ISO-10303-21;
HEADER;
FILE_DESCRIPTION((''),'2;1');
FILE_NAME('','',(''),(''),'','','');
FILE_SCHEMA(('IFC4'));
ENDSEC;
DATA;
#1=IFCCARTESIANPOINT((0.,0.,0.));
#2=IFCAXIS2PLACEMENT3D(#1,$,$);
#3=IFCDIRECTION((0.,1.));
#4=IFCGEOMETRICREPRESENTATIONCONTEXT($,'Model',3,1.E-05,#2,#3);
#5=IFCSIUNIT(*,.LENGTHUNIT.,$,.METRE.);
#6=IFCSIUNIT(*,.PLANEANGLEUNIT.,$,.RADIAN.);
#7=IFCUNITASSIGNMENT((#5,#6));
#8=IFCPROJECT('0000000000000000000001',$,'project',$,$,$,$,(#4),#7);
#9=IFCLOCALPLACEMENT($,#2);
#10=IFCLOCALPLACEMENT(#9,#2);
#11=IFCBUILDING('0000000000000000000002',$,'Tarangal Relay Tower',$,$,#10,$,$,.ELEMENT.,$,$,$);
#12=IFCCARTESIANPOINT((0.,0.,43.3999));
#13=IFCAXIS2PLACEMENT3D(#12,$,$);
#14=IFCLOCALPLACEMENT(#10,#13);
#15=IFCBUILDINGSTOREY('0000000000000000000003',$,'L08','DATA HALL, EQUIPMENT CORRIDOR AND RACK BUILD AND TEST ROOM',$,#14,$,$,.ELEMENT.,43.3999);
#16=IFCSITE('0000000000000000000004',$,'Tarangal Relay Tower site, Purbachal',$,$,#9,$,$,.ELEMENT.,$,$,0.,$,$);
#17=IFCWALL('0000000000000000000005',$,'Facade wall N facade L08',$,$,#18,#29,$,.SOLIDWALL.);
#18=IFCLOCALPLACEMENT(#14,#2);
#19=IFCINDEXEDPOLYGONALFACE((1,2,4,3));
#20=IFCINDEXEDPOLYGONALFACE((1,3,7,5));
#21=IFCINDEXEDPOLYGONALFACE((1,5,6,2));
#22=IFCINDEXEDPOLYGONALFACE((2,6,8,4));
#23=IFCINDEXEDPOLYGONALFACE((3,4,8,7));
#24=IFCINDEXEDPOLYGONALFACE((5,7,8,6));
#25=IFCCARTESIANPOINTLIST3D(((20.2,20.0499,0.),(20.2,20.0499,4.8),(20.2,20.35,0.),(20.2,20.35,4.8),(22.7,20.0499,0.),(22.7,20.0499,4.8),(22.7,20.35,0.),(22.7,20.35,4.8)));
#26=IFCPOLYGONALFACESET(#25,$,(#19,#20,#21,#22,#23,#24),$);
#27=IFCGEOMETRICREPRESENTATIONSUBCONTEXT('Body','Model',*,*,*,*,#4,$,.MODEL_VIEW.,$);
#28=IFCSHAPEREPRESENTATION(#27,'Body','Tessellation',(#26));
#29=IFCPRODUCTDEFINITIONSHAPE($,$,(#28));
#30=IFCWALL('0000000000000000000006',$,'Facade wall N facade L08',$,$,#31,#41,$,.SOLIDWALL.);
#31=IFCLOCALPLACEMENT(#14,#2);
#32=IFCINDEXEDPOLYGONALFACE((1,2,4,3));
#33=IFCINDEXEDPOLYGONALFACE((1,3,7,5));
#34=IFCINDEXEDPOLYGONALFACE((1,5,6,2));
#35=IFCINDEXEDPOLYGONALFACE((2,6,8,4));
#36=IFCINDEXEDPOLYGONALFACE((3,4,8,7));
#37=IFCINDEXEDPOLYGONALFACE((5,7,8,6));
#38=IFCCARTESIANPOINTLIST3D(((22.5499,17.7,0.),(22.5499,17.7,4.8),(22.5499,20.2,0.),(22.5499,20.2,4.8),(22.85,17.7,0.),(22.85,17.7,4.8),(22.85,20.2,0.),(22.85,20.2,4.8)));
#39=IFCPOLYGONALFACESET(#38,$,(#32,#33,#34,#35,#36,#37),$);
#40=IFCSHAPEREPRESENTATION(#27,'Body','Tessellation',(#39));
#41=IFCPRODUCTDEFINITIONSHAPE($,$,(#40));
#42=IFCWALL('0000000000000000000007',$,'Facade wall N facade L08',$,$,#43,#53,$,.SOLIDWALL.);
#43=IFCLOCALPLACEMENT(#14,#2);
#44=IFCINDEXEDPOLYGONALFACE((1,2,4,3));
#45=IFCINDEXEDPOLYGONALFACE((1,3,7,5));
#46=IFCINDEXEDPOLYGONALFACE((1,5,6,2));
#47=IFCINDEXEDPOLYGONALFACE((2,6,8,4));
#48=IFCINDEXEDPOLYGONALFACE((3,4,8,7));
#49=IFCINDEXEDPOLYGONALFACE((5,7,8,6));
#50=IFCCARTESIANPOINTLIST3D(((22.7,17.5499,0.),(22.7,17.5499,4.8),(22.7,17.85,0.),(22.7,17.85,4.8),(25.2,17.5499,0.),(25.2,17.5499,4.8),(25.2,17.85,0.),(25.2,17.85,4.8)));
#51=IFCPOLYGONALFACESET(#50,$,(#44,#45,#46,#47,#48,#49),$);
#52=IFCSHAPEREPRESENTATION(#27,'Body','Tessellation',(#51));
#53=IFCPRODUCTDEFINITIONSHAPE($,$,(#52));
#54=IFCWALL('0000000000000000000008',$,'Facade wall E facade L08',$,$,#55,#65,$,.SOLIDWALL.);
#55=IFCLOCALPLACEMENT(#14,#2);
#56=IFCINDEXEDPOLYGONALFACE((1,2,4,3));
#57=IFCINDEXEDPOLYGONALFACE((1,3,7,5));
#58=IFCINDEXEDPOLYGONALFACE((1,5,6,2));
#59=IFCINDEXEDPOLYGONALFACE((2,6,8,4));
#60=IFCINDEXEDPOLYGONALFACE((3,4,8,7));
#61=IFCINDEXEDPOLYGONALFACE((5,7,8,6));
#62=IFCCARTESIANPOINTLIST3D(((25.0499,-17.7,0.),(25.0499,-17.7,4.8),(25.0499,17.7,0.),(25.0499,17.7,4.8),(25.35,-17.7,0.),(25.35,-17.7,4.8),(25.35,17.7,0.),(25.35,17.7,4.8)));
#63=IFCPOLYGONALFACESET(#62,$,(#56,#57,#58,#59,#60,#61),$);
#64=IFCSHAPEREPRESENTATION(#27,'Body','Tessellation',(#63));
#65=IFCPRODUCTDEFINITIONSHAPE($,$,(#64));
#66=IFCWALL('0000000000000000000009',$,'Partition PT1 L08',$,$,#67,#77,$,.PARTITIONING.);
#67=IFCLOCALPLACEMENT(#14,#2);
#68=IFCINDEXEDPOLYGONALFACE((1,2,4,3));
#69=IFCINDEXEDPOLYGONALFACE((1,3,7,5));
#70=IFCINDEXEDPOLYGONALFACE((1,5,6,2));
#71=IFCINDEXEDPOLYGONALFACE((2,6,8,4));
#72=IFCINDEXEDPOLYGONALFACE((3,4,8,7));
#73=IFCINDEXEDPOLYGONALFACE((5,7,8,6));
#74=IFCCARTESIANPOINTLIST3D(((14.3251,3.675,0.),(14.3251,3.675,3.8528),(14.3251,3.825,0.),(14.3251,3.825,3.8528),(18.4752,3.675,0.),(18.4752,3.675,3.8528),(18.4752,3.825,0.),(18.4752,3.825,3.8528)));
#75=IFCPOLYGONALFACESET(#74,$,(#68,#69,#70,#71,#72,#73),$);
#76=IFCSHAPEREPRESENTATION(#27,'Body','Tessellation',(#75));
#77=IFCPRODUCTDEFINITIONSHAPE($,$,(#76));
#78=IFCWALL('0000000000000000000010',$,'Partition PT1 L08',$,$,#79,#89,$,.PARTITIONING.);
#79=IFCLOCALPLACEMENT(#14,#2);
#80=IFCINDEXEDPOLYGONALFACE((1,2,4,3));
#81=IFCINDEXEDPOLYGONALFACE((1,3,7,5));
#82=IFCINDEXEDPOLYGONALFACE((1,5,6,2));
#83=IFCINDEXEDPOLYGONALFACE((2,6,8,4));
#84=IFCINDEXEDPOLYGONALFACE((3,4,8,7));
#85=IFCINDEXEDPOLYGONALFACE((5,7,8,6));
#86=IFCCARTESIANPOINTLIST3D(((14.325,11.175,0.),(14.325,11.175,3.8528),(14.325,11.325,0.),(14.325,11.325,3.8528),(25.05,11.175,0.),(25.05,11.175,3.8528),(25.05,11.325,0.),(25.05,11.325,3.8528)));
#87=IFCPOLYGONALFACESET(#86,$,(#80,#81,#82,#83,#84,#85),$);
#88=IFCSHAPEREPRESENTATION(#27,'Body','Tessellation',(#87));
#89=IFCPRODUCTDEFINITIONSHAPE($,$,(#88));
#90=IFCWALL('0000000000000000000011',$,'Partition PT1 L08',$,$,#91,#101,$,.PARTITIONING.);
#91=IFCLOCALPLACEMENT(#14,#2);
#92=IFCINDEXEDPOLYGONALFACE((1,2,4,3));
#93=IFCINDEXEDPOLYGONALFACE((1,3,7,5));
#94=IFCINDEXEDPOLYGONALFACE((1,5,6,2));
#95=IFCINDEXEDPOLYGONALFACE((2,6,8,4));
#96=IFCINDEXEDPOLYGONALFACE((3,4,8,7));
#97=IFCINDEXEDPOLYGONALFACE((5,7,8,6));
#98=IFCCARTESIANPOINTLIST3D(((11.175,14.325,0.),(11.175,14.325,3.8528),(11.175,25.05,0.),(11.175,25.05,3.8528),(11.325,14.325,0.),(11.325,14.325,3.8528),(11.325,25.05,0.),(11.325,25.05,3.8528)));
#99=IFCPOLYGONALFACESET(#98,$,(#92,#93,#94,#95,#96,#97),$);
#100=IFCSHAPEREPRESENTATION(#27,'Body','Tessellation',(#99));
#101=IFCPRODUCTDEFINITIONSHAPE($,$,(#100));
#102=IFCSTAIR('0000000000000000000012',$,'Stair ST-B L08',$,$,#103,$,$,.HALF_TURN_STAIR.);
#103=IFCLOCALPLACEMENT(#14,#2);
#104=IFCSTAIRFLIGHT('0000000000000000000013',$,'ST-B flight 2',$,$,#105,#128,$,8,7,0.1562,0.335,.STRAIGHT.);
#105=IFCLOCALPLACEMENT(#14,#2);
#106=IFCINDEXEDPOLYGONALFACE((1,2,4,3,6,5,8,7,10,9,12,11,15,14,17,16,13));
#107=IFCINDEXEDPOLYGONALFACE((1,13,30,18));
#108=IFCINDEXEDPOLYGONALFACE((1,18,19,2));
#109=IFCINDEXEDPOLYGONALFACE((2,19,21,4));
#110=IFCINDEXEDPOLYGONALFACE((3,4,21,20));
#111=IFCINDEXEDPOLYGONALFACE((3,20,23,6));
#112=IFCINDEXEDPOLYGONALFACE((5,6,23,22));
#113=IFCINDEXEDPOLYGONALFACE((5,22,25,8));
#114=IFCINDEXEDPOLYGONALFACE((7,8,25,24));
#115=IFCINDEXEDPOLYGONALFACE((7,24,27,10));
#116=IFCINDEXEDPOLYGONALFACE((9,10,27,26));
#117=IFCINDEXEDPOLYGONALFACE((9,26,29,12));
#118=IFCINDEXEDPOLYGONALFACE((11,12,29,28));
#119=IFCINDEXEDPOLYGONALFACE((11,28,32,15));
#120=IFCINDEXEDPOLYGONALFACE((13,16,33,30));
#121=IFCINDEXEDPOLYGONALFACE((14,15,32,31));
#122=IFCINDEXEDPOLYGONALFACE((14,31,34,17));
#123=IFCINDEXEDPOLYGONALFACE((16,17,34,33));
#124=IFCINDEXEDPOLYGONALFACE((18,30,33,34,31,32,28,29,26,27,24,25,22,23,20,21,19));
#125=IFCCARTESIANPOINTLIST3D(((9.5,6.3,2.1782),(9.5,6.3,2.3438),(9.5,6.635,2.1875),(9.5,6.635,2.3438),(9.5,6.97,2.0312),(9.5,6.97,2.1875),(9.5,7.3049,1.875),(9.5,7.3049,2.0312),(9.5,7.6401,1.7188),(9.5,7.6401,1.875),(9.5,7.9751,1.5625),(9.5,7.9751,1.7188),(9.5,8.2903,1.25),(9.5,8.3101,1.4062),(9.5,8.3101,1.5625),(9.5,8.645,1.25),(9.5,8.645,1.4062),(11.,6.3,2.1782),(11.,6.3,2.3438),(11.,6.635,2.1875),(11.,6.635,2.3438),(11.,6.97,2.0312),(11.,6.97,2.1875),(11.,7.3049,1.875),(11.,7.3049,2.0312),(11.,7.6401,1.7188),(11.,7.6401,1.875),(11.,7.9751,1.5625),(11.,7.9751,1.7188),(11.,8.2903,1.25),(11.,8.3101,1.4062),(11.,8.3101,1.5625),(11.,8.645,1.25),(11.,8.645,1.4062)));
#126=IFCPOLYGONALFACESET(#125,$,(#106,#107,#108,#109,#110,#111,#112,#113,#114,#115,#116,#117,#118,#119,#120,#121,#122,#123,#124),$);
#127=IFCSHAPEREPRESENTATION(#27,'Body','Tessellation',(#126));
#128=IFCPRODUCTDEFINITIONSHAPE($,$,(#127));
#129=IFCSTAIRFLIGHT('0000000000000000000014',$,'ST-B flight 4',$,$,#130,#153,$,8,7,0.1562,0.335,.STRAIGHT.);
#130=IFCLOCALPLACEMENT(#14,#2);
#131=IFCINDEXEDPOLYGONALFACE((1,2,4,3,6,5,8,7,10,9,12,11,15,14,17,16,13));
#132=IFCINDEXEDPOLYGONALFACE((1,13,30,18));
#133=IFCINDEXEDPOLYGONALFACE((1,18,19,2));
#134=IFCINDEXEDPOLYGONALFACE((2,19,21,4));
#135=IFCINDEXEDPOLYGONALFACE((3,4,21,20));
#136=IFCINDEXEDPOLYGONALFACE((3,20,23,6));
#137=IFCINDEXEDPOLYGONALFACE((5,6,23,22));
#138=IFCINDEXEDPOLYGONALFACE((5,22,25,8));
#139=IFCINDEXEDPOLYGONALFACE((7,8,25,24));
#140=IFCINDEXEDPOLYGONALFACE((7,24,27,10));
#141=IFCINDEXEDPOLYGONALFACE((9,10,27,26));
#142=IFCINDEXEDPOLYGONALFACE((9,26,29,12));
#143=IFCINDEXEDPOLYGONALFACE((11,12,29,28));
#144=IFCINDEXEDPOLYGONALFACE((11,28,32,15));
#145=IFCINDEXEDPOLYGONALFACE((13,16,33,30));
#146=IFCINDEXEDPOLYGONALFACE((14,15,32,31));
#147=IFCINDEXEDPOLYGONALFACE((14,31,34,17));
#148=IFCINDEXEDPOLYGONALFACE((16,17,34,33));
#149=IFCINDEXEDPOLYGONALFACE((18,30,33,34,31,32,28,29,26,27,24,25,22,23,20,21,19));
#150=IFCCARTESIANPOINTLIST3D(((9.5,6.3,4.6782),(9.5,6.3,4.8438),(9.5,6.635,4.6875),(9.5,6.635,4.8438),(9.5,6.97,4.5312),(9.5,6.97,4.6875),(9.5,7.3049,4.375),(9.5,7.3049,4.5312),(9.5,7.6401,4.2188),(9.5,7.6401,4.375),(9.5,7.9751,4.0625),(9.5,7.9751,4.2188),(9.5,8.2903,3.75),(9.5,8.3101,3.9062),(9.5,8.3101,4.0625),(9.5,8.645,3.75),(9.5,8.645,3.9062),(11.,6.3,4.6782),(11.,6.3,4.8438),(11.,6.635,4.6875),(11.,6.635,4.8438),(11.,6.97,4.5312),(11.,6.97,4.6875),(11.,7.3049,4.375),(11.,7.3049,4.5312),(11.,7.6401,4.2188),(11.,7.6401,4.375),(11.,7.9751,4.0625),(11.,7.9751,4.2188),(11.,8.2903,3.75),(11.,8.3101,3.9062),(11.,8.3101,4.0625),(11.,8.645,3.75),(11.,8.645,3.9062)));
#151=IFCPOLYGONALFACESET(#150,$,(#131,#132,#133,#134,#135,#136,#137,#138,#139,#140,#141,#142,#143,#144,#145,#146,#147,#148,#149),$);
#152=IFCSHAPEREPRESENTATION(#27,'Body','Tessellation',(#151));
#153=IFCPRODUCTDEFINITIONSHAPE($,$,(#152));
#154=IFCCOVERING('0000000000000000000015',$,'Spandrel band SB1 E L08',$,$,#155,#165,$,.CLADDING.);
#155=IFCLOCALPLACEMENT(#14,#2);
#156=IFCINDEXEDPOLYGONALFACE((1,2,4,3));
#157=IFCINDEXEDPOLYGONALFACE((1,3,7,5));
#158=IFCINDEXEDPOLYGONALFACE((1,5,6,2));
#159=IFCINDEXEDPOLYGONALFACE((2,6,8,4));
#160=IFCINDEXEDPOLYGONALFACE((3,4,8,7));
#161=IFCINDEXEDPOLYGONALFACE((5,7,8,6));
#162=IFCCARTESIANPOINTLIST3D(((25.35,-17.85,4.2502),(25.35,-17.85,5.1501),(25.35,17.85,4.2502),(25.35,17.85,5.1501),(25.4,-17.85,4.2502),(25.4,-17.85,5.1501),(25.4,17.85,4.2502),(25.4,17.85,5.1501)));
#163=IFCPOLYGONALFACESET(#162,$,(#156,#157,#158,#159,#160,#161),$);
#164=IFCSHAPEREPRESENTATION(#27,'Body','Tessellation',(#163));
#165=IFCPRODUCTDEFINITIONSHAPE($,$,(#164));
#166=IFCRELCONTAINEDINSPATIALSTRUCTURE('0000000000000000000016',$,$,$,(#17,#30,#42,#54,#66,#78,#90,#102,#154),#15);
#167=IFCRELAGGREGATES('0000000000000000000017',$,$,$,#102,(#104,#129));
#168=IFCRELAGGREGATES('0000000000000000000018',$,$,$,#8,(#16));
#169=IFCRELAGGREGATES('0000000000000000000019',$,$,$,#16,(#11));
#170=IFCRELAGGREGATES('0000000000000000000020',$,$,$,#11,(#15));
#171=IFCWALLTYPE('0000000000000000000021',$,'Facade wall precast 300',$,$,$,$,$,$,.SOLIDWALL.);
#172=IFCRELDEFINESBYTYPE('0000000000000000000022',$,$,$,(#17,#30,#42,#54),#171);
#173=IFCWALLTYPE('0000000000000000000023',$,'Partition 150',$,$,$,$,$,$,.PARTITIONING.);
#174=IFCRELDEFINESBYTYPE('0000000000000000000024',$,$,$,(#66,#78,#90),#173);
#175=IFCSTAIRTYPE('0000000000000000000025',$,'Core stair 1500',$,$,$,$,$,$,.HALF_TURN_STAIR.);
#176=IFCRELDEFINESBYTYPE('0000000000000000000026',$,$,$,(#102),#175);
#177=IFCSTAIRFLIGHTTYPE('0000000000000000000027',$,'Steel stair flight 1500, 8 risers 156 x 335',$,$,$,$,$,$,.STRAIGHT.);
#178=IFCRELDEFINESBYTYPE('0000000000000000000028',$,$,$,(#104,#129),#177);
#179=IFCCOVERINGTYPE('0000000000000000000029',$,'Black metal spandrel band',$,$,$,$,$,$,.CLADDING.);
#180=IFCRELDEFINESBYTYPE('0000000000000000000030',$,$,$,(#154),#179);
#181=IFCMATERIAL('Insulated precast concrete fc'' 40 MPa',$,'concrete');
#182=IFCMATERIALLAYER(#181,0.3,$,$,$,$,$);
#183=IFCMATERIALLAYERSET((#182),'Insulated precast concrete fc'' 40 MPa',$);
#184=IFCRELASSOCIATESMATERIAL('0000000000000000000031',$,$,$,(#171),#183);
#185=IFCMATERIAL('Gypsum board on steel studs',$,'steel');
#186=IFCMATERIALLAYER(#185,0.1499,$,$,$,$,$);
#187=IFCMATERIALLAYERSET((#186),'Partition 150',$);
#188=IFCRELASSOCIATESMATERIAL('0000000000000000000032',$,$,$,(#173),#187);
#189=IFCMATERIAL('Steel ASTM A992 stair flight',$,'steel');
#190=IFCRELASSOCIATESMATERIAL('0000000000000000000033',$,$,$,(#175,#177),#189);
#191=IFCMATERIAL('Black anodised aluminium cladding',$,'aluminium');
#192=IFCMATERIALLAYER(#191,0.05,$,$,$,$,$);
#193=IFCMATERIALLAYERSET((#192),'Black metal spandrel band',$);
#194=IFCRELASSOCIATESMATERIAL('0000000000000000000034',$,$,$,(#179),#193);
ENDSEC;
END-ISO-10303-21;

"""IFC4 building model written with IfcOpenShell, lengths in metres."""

from ifc_helpers import new_model, si_unit, direction, frame, frame_2d, origin, origin_2d, place, context, subcontext, project, spatial, polyline, rectangle, outline, extrude, material, layer, layer_set, type_object, element, aggregate, save


model = new_model("IFC4")

# Units and contexts
model_context = context("Model", 3, precision=1e-05, world=origin(), true_north=direction((0.0, 1.0)))
body_context = subcontext(model_context, "Body", "Model", "MODEL_VIEW")
ifc_project = project(units=[si_unit("LENGTHUNIT", "METRE"), si_unit("PLANEANGLEUNIT", "RADIAN")], contexts=[model_context])

# Site, building, storey
site_placement = place(None, origin())
site = spatial("IfcSite", under=ifc_project, at=site_placement, Name="Tarangal Relay Tower site, Purbachal", CompositionType="ELEMENT", RefElevation=0.0)
building_placement = place(site_placement, origin())
building = spatial("IfcBuilding", under=site, at=building_placement, Name="Tarangal Relay Tower", CompositionType="ELEMENT")
storey_placement = place(building_placement, frame((0.0, 0.0, 43.3999)))
storey = spatial("IfcBuildingStorey", under=building, at=storey_placement, Name="L08", Description="DATA HALL, EQUIPMENT CORRIDOR AND RACK BUILD AND TEST ROOM", CompositionType="ELEMENT", Elevation=43.3999)

# Shared definitions
ifc_material_1 = material(Name="Insulated precast concrete fc' 40 MPa", Category="concrete")
ifc_layer_1 = layer(ifc_material_1, 0.3)
ifc_layer_set_1 = layer_set([ifc_layer_1], Name="Insulated precast concrete fc' 40 MPa")
wall_type_1 = type_object("IfcWallType", Name="Facade wall precast 300", PredefinedType="SOLIDWALL", material=ifc_layer_set_1)

# Walls
for number, where, z_axis, x_axis, name in (
    (1, (20.2, 20.2, 0.0), (0.0, 0.0, 1.0), (1.0, 0.0, 0.0), "Facade wall N facade L08"),
    (2, (22.7, 20.2, 0.0), (0.0, 0.0, 1.0), (0.0, -1.0, 0.0), "Facade wall N facade L08"),
    (3, (22.7, 17.7, 0.0), (0.0, 0.0, 1.0), (1.0, 0.0, 0.0), "Facade wall N facade L08"),
):
    element("IfcWall", number, at=place(storey_placement, frame(where, z_axis=z_axis, x_axis=x_axis)), inside=storey, type_object=wall_type_1, Name=name, PredefinedType="SOLIDWALL", context=body_context, shape_type="SweptSolid", body=[
        extrude(rectangle(XDim=2.5, YDim=0.3, at=frame_2d((1.25, 0.0))), origin(), (0.0, 0.0, 1.0), 4.8),
    ])
wall_1_placement = place(storey_placement, frame((25.2, 17.7, 0.0), z_axis=(0.0, 0.0, 1.0), x_axis=(0.0, -1.0, 0.0)))
element("IfcWall", 4, at=wall_1_placement, inside=storey, type_object=wall_type_1, Name="Facade wall E facade L08", PredefinedType="SOLIDWALL", context=body_context, shape_type="SweptSolid", body=[
    extrude(rectangle(XDim=35.3999, YDim=0.3, at=frame_2d((17.7, 0.0))), origin(), (0.0, 0.0, 1.0), 4.8),
])
ifc_material_2 = material(Name="Gypsum board on steel studs", Category="steel")
ifc_layer_2 = layer(ifc_material_2, 0.1499)
ifc_layer_set_2 = layer_set([ifc_layer_2], Name="Partition 150")
wall_type_2 = type_object("IfcWallType", Name="Partition 150", PredefinedType="PARTITIONING", material=ifc_layer_set_2)
wall_2_placement = place(storey_placement, frame((14.325, 3.75, 0.0), z_axis=(0.0, 0.0, 1.0), x_axis=(1.0, 0.0, 0.0)))
element("IfcWall", 5, at=wall_2_placement, inside=storey, type_object=wall_type_2, Name="Partition PT1 L08", PredefinedType="PARTITIONING", context=body_context, shape_type="SweptSolid", body=[
    extrude(rectangle(XDim=4.1501, YDim=0.1499, at=frame_2d((2.0752, 0.0))), origin(), (0.0, 0.0, 1.0), 3.8528),
])
for number, where, z_axis, x_axis, name in (
    (6, (14.325, 11.25, 0.0), (0.0, 0.0, 1.0), (1.0, 0.0, 0.0), "Partition PT1 L08"),
    (7, (11.25, 14.325, 0.0), (0.0, 0.0, 1.0), (0.0, 1.0, 0.0), "Partition PT1 L08"),
):
    element("IfcWall", number, at=place(storey_placement, frame(where, z_axis=z_axis, x_axis=x_axis)), inside=storey, type_object=wall_type_2, Name=name, PredefinedType="PARTITIONING", context=body_context, shape_type="SweptSolid", body=[
        extrude(rectangle(XDim=10.7251, YDim=0.1499, at=frame_2d((5.3625, 0.0))), origin(), (0.0, 0.0, 1.0), 3.8528),
    ])

# Stair, stair flights
ifc_material_3 = material(Name="Steel ASTM A992 stair flight", Category="steel")
stair_type = type_object("IfcStairType", Name="Core stair 1500", PredefinedType="HALF_TURN_STAIR", material=ifc_material_3)
stair_placement = place(storey_placement, origin())
stair = element("IfcStair", 8, at=stair_placement, inside=storey, type_object=stair_type, Name="Stair ST-B L08", PredefinedType="HALF_TURN_STAIR")
stair_flight_type = type_object("IfcStairFlightType", Name="Steel stair flight 1500, 8 risers 156 x 335", PredefinedType="STRAIGHT", material=ifc_material_3)
stair_flight_1_placement = place(storey_placement, frame((10.25, 8.645, 1.25), z_axis=(0.0, 0.0, 1.0), x_axis=(0.0, -1.0, 0.0)))
stair_flight_1 = element("IfcStairFlight", 9, at=stair_flight_1_placement, type_object=stair_flight_type, Name="ST-B flight 2", NumberOfRisers=8, NumberOfTreads=7, PredefinedType="STRAIGHT", RiserHeight=0.1562, TreadLength=0.335, context=body_context, shape_type="SweptSolid", body=[
    extrude(outline(polyline([(0.0, 0.0), (0.0, 0.1562), (0.335, 0.1562), (0.335, 0.3125), (0.6699, 0.3125), (0.6699, 0.4688), (1.0049, 0.4688), (1.0049, 0.625), (1.3401, 0.625), (1.3401, 0.7812), (1.675, 0.7812), (1.675, 0.9375), (2.01, 0.9375), (2.01, 1.0938), (2.345, 1.0938), (2.345, 1.25), (2.345, 0.9282), (0.3547, 0.0), (0.0, 0.0)])), frame((0.0, 0.75, 0.0), z_axis=(0.0, -1.0, 0.0), x_axis=(1.0, 0.0, 0.0)), (0.0, 0.0, 1.0), 1.5),
])
stair_flight_2_placement = place(storey_placement, frame((10.25, 8.645, 3.75), z_axis=(0.0, 0.0, 1.0), x_axis=(0.0, -1.0, 0.0)))
stair_flight_2 = element("IfcStairFlight", 10, at=stair_flight_2_placement, type_object=stair_flight_type, Name="ST-B flight 4", NumberOfRisers=8, NumberOfTreads=7, PredefinedType="STRAIGHT", RiserHeight=0.1562, TreadLength=0.335, context=body_context, shape_type="SweptSolid", body=[
    extrude(outline(polyline([(0.0, 0.0), (0.0, 0.1562), (0.335, 0.1562), (0.335, 0.3125), (0.6699, 0.3125), (0.6699, 0.4688), (1.0049, 0.4688), (1.0049, 0.625), (1.3401, 0.625), (1.3401, 0.7812), (1.675, 0.7812), (1.675, 0.9375), (2.01, 0.9375), (2.01, 1.0938), (2.345, 1.0938), (2.345, 1.25), (2.345, 0.9282), (0.3547, 0.0), (0.0, 0.0)])), frame((0.0, 0.75, 0.0), z_axis=(0.0, -1.0, 0.0), x_axis=(1.0, 0.0, 0.0)), (0.0, 0.0, 1.0), 1.5),
])
aggregate(stair, [stair_flight_1, stair_flight_2])

# Covering
ifc_material_4 = material(Name="Black anodised aluminium cladding", Category="aluminium")
ifc_layer_3 = layer(ifc_material_4, 0.05)
ifc_layer_set_3 = layer_set([ifc_layer_3], Name="Black metal spandrel band")
covering_type = type_object("IfcCoveringType", Name="Black metal spandrel band", PredefinedType="CLADDING", material=ifc_layer_set_3)
covering_placement = place(storey_placement, frame((25.375, 0.0, 4.2502), z_axis=(0.0, 0.0, 1.0), x_axis=(0.0, -1.0, 0.0)))
element("IfcCovering", 11, at=covering_placement, inside=storey, type_object=covering_type, Name="Spandrel band SB1 E L08", PredefinedType="CLADDING", context=body_context, shape_type="SweptSolid", body=[
    extrude(rectangle(XDim=35.7, YDim=0.05, at=origin_2d()), origin(), (0.0, 0.0, 1.0), 0.8999),
])

save(model, "model.ifc")
